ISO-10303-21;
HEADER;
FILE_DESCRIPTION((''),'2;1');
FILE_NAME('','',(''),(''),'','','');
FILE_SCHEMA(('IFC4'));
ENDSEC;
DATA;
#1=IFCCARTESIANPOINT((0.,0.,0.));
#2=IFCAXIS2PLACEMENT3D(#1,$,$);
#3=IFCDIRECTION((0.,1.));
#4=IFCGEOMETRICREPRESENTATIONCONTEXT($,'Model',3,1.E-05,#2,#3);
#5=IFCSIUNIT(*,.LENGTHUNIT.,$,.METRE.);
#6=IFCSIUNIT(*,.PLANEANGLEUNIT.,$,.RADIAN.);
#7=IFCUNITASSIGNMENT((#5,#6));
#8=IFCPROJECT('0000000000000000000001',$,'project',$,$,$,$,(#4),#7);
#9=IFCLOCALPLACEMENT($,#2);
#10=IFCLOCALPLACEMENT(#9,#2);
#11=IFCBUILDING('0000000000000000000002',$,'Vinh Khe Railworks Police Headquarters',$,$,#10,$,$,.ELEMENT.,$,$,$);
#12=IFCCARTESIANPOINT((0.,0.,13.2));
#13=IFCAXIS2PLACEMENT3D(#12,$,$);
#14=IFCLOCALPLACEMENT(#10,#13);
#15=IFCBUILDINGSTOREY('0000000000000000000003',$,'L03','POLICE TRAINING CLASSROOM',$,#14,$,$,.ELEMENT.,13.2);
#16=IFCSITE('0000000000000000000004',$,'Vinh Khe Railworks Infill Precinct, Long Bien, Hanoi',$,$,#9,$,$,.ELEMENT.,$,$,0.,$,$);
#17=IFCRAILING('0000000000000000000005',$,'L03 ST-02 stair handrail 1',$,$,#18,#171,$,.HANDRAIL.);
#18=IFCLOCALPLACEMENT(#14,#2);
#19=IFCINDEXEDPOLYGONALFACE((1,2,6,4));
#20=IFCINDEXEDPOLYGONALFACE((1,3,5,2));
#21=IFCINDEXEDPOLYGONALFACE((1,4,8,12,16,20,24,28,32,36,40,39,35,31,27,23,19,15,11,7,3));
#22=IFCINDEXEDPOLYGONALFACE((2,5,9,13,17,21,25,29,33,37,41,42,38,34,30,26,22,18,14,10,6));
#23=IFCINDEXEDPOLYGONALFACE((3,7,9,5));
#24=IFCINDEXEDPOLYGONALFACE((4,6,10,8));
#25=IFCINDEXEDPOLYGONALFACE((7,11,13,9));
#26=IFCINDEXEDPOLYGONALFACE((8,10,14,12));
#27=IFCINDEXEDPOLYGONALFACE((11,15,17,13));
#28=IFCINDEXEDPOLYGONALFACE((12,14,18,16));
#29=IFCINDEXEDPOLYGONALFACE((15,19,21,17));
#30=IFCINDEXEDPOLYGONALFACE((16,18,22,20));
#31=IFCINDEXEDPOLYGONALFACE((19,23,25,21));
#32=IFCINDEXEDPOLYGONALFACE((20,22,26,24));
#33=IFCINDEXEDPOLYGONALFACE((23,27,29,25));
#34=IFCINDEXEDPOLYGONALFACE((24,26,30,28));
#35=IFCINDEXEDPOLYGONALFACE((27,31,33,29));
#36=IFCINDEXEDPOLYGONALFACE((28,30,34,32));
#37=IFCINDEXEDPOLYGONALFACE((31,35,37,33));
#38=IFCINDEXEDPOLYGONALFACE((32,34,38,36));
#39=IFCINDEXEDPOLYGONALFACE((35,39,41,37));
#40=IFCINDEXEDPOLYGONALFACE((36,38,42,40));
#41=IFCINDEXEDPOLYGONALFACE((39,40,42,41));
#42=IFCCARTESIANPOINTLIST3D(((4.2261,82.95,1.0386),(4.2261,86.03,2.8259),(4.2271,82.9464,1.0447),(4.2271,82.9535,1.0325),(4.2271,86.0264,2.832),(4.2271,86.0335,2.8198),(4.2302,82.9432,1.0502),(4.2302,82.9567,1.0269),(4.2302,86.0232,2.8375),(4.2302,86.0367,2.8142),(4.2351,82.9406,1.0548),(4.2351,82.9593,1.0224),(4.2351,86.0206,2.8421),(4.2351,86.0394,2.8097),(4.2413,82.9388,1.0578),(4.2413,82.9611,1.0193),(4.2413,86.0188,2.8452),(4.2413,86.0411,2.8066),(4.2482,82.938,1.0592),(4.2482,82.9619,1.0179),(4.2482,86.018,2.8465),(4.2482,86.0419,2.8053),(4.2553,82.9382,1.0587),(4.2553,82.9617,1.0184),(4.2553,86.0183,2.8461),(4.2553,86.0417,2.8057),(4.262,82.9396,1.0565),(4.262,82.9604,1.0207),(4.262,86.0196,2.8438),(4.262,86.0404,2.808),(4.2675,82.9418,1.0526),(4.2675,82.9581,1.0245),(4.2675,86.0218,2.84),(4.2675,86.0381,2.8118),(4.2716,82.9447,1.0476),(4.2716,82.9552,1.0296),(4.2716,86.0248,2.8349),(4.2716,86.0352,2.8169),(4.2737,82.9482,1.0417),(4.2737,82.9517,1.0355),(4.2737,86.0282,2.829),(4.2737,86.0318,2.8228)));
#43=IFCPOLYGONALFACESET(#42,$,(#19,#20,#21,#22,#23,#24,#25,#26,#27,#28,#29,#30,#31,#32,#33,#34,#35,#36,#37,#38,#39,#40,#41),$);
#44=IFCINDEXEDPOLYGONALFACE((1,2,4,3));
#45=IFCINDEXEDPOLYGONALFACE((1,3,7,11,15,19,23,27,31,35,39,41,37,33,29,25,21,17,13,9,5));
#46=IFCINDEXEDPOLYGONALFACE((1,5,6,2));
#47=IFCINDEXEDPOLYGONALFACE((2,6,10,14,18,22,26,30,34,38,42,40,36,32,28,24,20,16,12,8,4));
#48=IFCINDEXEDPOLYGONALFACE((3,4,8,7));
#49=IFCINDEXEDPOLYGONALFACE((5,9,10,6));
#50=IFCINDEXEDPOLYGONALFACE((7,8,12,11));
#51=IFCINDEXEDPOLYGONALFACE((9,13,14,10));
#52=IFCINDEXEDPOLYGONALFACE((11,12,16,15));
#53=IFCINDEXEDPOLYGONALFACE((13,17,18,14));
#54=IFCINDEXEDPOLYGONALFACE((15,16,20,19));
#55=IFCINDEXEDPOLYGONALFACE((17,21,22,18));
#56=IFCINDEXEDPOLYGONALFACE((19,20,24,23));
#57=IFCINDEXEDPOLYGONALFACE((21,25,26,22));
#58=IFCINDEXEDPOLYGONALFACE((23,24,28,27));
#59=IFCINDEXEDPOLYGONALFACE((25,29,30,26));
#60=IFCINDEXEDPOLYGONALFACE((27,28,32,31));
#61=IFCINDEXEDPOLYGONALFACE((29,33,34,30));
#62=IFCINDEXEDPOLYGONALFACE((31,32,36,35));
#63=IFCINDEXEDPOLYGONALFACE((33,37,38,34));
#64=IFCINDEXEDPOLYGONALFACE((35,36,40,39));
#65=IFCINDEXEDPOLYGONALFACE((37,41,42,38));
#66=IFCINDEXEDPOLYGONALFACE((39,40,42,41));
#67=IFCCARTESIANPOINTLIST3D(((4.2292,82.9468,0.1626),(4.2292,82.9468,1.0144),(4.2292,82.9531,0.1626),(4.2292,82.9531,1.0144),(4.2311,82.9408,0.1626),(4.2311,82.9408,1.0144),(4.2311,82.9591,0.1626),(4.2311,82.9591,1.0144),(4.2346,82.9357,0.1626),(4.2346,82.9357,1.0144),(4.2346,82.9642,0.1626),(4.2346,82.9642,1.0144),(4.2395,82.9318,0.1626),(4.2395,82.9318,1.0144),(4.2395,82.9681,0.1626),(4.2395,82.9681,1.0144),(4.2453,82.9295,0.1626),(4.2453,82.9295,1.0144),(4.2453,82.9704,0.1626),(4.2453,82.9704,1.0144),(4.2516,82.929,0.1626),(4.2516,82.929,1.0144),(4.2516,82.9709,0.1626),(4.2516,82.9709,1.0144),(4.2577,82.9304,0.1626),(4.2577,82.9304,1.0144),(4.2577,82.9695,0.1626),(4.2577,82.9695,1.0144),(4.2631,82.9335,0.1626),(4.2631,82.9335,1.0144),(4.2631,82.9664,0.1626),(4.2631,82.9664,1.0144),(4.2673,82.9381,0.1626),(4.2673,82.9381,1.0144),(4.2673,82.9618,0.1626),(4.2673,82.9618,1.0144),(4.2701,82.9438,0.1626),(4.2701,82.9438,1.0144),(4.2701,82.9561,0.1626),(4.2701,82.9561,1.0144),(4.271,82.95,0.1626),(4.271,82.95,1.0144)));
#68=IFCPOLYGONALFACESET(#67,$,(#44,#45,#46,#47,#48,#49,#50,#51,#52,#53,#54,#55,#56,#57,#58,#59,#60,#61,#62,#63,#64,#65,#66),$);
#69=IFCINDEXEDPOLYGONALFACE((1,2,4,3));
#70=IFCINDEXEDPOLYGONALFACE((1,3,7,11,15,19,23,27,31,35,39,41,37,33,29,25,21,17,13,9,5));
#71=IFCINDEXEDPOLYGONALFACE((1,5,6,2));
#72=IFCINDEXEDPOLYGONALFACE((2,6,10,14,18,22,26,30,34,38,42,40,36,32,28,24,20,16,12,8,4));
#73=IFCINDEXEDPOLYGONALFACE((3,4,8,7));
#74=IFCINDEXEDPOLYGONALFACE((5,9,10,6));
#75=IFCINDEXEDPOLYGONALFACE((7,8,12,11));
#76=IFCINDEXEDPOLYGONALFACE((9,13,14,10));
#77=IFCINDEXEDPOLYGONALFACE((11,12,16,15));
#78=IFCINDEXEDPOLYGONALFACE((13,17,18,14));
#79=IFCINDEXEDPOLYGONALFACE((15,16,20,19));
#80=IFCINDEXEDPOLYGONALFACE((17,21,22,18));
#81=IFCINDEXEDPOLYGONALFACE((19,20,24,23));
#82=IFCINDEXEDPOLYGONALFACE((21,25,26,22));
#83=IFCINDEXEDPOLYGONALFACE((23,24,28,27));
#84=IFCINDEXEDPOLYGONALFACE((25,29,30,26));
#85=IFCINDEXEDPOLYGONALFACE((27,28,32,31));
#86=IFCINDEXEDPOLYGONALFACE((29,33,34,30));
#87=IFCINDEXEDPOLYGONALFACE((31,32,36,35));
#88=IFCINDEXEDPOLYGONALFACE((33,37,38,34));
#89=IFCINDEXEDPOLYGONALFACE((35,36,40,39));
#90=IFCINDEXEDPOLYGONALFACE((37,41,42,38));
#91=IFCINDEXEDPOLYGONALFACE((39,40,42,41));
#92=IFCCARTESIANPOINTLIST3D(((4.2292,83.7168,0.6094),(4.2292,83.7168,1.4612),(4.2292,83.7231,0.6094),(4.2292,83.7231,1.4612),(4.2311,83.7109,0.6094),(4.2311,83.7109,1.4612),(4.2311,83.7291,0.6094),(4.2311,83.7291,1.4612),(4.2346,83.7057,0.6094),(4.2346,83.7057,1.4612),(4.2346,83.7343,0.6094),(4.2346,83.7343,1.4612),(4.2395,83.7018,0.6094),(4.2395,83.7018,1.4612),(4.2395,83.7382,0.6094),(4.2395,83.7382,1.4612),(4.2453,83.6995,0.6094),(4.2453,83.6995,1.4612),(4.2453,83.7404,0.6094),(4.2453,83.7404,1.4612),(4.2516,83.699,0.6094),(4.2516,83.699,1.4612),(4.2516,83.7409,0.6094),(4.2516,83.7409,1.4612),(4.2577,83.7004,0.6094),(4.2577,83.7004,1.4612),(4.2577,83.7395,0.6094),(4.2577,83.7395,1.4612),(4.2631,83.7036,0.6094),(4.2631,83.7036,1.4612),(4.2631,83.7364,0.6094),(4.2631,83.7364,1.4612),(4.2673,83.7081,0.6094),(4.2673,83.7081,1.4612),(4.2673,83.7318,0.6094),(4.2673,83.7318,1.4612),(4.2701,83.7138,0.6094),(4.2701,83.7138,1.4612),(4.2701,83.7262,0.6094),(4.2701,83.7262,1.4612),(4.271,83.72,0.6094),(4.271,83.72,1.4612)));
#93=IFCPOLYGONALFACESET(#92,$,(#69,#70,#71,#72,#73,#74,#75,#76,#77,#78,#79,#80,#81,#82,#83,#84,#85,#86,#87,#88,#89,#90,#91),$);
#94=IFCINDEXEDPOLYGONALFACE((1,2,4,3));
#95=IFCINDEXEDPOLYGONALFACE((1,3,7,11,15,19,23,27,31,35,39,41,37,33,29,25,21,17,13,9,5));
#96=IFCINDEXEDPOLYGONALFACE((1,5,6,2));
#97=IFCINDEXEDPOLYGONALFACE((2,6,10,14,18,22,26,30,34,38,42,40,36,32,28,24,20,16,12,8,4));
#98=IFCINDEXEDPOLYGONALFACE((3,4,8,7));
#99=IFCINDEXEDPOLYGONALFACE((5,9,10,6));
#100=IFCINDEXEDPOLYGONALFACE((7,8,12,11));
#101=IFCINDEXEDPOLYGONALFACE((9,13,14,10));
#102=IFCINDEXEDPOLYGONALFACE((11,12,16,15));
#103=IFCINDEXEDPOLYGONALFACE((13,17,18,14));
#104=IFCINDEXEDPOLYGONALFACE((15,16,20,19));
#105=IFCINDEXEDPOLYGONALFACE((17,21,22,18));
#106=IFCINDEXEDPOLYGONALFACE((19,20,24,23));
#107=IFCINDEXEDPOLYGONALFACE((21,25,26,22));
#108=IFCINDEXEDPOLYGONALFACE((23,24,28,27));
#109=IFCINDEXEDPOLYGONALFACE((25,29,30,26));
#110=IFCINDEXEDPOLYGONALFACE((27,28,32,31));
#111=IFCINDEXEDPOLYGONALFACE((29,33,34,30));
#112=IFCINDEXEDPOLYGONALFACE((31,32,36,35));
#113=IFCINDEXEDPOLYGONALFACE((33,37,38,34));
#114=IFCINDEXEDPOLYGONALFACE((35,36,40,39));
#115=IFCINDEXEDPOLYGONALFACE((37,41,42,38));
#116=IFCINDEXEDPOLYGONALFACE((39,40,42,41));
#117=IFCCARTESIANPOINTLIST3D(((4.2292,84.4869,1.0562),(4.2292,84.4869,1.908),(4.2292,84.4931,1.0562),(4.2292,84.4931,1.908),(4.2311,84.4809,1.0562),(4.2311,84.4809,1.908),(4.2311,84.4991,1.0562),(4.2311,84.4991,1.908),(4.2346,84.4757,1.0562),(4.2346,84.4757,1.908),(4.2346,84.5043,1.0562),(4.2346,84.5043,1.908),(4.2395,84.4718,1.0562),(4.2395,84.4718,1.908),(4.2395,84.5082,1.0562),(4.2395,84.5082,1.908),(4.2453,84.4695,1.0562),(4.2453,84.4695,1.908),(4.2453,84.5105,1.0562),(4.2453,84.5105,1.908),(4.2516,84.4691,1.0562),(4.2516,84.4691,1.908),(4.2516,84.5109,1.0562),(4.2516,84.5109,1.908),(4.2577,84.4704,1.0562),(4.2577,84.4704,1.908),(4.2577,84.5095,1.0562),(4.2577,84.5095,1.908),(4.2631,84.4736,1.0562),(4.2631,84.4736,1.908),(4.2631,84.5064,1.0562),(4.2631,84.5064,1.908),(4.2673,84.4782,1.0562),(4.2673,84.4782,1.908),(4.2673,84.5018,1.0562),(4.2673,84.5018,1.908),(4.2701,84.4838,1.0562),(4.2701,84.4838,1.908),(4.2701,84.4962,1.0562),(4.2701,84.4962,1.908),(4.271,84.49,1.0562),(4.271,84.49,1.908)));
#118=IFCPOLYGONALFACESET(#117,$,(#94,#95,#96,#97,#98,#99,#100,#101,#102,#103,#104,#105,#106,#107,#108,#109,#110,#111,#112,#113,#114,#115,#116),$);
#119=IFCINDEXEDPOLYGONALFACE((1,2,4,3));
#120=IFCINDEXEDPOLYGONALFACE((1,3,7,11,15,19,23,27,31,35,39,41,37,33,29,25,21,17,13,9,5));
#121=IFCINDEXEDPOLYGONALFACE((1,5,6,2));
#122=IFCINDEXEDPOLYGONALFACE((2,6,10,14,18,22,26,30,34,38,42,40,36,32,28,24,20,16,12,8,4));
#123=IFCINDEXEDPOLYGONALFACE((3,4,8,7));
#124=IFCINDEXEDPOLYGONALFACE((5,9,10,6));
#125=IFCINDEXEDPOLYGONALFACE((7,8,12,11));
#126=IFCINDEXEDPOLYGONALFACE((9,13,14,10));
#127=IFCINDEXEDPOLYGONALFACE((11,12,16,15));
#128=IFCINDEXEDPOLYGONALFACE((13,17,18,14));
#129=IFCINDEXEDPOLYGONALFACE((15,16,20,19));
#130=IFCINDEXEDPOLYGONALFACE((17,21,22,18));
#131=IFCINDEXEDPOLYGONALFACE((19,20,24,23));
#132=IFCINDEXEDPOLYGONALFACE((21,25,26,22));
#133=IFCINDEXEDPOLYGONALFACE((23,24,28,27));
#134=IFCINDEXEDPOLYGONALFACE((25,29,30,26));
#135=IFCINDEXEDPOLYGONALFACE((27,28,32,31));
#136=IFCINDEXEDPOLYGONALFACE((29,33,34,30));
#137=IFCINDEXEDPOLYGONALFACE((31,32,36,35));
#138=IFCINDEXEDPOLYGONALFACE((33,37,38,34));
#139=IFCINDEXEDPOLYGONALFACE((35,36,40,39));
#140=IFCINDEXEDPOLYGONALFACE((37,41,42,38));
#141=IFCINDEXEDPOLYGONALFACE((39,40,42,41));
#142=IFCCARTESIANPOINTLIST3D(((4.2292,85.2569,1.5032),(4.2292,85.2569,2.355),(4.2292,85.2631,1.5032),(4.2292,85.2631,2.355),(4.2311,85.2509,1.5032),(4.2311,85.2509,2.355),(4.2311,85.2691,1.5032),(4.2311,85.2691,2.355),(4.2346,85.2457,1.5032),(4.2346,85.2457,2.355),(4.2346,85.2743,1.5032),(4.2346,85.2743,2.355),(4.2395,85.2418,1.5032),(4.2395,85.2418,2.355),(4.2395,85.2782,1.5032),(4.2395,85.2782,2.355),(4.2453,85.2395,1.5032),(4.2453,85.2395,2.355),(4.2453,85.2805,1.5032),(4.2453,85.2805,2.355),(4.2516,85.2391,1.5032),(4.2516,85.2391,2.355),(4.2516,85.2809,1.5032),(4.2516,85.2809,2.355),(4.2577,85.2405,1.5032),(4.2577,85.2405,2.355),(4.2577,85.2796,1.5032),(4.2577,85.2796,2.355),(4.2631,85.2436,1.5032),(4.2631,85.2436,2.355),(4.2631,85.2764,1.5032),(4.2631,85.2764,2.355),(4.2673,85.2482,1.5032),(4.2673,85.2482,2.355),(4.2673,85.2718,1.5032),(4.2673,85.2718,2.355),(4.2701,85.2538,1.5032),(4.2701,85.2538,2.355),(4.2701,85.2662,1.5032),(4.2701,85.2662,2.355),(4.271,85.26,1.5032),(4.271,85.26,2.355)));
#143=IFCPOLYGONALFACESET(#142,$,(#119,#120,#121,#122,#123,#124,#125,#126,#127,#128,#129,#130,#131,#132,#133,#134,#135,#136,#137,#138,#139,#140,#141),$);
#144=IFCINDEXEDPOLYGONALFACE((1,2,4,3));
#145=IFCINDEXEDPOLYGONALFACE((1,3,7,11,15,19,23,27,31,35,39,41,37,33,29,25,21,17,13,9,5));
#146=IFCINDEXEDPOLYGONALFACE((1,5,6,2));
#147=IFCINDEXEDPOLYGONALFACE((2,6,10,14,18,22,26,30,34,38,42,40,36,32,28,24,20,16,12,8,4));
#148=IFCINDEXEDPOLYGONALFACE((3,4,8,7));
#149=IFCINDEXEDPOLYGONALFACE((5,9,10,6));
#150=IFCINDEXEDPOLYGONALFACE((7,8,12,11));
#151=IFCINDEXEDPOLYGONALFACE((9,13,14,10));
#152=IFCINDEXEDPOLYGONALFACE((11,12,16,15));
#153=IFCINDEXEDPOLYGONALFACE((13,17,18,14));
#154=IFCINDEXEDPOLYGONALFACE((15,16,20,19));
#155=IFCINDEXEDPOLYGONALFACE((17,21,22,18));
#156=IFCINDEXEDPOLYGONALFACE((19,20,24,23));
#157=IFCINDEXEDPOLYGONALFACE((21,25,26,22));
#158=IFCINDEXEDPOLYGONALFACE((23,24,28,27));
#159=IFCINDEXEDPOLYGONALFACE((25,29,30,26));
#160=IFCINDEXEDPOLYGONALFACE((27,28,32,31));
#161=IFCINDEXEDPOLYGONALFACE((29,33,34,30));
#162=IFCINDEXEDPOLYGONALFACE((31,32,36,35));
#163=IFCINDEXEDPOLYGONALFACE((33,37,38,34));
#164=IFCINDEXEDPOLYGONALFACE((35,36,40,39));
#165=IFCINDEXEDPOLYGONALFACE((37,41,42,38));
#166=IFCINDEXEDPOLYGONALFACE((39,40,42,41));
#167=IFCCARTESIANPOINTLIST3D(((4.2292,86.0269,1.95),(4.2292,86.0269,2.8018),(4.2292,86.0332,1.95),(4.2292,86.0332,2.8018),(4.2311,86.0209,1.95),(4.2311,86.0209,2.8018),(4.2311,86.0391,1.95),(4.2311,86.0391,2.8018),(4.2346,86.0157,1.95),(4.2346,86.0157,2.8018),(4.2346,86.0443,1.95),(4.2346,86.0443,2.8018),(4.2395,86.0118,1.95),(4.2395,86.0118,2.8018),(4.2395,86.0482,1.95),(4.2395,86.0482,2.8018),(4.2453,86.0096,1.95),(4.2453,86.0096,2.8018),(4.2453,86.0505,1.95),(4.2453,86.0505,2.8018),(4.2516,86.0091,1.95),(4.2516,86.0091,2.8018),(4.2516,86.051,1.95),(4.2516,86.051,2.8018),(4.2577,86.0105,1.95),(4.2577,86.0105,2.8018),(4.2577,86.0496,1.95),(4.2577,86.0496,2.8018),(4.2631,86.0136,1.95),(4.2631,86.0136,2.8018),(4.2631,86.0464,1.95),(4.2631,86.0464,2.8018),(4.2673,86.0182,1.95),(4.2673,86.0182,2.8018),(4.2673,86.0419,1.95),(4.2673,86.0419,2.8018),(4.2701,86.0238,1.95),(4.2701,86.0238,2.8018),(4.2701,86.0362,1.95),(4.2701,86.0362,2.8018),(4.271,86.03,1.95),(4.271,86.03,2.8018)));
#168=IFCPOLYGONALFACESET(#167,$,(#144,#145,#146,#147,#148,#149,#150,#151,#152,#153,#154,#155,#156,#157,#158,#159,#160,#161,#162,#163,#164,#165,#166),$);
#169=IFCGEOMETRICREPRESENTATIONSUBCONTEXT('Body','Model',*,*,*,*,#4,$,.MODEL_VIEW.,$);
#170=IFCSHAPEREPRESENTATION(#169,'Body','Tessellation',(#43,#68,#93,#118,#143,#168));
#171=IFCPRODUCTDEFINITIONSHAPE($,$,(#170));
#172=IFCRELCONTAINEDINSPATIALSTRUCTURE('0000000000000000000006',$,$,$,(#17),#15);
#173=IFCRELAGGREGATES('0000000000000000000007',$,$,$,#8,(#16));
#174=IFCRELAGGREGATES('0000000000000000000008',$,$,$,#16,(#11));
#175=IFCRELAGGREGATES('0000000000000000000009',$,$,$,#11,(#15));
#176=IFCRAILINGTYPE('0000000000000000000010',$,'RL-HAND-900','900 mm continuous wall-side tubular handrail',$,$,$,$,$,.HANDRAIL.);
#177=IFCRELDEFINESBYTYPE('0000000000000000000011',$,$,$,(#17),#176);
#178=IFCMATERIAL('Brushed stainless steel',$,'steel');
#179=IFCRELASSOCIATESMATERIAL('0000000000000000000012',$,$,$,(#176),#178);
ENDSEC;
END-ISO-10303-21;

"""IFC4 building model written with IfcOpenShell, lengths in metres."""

from ifc_helpers import new_model, si_unit, direction, frame, origin, origin_2d, place, context, subcontext, project, spatial, circle, extrude, material, type_object, element, save


model = new_model("IFC4")

# Units and contexts
model_context = context("Model", 3, precision=1e-05, world=origin(), true_north=direction((0.0, 1.0)))
body_context = subcontext(model_context, "Body", "Model", "MODEL_VIEW")
ifc_project = project(units=[si_unit("LENGTHUNIT", "METRE"), si_unit("PLANEANGLEUNIT", "RADIAN")], contexts=[model_context])

# Site, building, storey
site_placement = place(None, origin())
site = spatial("IfcSite", under=ifc_project, at=site_placement, Name="Vinh Khe Railworks Infill Precinct, Long Bien, Hanoi", CompositionType="ELEMENT", RefElevation=0.0)
building_placement = place(site_placement, origin())
building = spatial("IfcBuilding", under=site, at=building_placement, Name="Vinh Khe Railworks Police Headquarters", CompositionType="ELEMENT")
storey_placement = place(building_placement, frame((0.0, 0.0, 13.2)))
storey = spatial("IfcBuildingStorey", under=building, at=storey_placement, Name="L03", Description="POLICE TRAINING CLASSROOM", CompositionType="ELEMENT", Elevation=13.2)

# Railing
ifc_material_1 = material(Name="Brushed stainless steel", Category="steel")
railing_type_1 = type_object("IfcRailingType", Name="RL-HAND-900", Description="900 mm continuous wall-side tubular handrail", PredefinedType="HANDRAIL", material=ifc_material_1)
railing_1_placement = place(storey_placement, frame((4.25, 82.95, 0.1626)))
element("IfcRailing", 1, at=railing_1_placement, inside=storey, type_object=railing_type_1, Name="L03 ST-02 stair handrail 1", PredefinedType="HANDRAIL", context=body_context, shape_type="SweptSolid", body=[
    extrude(circle(Radius=0.0239, at=origin_2d()), frame((0.0, 0.0, 0.876), z_axis=(0.0, 0.86492, 0.501909), x_axis=(-1.0, 0.0, 0.0)), (0.0, 0.0, 1.0), 3.561),
    extrude(circle(Radius=0.021, at=origin_2d()), origin(), (0.0, 0.0, 1.0), 0.8518),
    extrude(circle(Radius=0.021, at=origin_2d()), frame((0.0, 0.77, 0.4468)), (0.0, 0.0, 1.0), 0.8518),
    extrude(circle(Radius=0.021, at=origin_2d()), frame((0.0, 1.54, 0.8936)), (0.0, 0.0, 1.0), 0.8518),
    extrude(circle(Radius=0.021, at=origin_2d()), frame((0.0, 2.3101, 1.3406)), (0.0, 0.0, 1.0), 0.8518),
    extrude(circle(Radius=0.021, at=origin_2d()), frame((0.0, 3.0801, 1.7874)), (0.0, 0.0, 1.0), 0.8518),
])

save(model, "model.ifc")
